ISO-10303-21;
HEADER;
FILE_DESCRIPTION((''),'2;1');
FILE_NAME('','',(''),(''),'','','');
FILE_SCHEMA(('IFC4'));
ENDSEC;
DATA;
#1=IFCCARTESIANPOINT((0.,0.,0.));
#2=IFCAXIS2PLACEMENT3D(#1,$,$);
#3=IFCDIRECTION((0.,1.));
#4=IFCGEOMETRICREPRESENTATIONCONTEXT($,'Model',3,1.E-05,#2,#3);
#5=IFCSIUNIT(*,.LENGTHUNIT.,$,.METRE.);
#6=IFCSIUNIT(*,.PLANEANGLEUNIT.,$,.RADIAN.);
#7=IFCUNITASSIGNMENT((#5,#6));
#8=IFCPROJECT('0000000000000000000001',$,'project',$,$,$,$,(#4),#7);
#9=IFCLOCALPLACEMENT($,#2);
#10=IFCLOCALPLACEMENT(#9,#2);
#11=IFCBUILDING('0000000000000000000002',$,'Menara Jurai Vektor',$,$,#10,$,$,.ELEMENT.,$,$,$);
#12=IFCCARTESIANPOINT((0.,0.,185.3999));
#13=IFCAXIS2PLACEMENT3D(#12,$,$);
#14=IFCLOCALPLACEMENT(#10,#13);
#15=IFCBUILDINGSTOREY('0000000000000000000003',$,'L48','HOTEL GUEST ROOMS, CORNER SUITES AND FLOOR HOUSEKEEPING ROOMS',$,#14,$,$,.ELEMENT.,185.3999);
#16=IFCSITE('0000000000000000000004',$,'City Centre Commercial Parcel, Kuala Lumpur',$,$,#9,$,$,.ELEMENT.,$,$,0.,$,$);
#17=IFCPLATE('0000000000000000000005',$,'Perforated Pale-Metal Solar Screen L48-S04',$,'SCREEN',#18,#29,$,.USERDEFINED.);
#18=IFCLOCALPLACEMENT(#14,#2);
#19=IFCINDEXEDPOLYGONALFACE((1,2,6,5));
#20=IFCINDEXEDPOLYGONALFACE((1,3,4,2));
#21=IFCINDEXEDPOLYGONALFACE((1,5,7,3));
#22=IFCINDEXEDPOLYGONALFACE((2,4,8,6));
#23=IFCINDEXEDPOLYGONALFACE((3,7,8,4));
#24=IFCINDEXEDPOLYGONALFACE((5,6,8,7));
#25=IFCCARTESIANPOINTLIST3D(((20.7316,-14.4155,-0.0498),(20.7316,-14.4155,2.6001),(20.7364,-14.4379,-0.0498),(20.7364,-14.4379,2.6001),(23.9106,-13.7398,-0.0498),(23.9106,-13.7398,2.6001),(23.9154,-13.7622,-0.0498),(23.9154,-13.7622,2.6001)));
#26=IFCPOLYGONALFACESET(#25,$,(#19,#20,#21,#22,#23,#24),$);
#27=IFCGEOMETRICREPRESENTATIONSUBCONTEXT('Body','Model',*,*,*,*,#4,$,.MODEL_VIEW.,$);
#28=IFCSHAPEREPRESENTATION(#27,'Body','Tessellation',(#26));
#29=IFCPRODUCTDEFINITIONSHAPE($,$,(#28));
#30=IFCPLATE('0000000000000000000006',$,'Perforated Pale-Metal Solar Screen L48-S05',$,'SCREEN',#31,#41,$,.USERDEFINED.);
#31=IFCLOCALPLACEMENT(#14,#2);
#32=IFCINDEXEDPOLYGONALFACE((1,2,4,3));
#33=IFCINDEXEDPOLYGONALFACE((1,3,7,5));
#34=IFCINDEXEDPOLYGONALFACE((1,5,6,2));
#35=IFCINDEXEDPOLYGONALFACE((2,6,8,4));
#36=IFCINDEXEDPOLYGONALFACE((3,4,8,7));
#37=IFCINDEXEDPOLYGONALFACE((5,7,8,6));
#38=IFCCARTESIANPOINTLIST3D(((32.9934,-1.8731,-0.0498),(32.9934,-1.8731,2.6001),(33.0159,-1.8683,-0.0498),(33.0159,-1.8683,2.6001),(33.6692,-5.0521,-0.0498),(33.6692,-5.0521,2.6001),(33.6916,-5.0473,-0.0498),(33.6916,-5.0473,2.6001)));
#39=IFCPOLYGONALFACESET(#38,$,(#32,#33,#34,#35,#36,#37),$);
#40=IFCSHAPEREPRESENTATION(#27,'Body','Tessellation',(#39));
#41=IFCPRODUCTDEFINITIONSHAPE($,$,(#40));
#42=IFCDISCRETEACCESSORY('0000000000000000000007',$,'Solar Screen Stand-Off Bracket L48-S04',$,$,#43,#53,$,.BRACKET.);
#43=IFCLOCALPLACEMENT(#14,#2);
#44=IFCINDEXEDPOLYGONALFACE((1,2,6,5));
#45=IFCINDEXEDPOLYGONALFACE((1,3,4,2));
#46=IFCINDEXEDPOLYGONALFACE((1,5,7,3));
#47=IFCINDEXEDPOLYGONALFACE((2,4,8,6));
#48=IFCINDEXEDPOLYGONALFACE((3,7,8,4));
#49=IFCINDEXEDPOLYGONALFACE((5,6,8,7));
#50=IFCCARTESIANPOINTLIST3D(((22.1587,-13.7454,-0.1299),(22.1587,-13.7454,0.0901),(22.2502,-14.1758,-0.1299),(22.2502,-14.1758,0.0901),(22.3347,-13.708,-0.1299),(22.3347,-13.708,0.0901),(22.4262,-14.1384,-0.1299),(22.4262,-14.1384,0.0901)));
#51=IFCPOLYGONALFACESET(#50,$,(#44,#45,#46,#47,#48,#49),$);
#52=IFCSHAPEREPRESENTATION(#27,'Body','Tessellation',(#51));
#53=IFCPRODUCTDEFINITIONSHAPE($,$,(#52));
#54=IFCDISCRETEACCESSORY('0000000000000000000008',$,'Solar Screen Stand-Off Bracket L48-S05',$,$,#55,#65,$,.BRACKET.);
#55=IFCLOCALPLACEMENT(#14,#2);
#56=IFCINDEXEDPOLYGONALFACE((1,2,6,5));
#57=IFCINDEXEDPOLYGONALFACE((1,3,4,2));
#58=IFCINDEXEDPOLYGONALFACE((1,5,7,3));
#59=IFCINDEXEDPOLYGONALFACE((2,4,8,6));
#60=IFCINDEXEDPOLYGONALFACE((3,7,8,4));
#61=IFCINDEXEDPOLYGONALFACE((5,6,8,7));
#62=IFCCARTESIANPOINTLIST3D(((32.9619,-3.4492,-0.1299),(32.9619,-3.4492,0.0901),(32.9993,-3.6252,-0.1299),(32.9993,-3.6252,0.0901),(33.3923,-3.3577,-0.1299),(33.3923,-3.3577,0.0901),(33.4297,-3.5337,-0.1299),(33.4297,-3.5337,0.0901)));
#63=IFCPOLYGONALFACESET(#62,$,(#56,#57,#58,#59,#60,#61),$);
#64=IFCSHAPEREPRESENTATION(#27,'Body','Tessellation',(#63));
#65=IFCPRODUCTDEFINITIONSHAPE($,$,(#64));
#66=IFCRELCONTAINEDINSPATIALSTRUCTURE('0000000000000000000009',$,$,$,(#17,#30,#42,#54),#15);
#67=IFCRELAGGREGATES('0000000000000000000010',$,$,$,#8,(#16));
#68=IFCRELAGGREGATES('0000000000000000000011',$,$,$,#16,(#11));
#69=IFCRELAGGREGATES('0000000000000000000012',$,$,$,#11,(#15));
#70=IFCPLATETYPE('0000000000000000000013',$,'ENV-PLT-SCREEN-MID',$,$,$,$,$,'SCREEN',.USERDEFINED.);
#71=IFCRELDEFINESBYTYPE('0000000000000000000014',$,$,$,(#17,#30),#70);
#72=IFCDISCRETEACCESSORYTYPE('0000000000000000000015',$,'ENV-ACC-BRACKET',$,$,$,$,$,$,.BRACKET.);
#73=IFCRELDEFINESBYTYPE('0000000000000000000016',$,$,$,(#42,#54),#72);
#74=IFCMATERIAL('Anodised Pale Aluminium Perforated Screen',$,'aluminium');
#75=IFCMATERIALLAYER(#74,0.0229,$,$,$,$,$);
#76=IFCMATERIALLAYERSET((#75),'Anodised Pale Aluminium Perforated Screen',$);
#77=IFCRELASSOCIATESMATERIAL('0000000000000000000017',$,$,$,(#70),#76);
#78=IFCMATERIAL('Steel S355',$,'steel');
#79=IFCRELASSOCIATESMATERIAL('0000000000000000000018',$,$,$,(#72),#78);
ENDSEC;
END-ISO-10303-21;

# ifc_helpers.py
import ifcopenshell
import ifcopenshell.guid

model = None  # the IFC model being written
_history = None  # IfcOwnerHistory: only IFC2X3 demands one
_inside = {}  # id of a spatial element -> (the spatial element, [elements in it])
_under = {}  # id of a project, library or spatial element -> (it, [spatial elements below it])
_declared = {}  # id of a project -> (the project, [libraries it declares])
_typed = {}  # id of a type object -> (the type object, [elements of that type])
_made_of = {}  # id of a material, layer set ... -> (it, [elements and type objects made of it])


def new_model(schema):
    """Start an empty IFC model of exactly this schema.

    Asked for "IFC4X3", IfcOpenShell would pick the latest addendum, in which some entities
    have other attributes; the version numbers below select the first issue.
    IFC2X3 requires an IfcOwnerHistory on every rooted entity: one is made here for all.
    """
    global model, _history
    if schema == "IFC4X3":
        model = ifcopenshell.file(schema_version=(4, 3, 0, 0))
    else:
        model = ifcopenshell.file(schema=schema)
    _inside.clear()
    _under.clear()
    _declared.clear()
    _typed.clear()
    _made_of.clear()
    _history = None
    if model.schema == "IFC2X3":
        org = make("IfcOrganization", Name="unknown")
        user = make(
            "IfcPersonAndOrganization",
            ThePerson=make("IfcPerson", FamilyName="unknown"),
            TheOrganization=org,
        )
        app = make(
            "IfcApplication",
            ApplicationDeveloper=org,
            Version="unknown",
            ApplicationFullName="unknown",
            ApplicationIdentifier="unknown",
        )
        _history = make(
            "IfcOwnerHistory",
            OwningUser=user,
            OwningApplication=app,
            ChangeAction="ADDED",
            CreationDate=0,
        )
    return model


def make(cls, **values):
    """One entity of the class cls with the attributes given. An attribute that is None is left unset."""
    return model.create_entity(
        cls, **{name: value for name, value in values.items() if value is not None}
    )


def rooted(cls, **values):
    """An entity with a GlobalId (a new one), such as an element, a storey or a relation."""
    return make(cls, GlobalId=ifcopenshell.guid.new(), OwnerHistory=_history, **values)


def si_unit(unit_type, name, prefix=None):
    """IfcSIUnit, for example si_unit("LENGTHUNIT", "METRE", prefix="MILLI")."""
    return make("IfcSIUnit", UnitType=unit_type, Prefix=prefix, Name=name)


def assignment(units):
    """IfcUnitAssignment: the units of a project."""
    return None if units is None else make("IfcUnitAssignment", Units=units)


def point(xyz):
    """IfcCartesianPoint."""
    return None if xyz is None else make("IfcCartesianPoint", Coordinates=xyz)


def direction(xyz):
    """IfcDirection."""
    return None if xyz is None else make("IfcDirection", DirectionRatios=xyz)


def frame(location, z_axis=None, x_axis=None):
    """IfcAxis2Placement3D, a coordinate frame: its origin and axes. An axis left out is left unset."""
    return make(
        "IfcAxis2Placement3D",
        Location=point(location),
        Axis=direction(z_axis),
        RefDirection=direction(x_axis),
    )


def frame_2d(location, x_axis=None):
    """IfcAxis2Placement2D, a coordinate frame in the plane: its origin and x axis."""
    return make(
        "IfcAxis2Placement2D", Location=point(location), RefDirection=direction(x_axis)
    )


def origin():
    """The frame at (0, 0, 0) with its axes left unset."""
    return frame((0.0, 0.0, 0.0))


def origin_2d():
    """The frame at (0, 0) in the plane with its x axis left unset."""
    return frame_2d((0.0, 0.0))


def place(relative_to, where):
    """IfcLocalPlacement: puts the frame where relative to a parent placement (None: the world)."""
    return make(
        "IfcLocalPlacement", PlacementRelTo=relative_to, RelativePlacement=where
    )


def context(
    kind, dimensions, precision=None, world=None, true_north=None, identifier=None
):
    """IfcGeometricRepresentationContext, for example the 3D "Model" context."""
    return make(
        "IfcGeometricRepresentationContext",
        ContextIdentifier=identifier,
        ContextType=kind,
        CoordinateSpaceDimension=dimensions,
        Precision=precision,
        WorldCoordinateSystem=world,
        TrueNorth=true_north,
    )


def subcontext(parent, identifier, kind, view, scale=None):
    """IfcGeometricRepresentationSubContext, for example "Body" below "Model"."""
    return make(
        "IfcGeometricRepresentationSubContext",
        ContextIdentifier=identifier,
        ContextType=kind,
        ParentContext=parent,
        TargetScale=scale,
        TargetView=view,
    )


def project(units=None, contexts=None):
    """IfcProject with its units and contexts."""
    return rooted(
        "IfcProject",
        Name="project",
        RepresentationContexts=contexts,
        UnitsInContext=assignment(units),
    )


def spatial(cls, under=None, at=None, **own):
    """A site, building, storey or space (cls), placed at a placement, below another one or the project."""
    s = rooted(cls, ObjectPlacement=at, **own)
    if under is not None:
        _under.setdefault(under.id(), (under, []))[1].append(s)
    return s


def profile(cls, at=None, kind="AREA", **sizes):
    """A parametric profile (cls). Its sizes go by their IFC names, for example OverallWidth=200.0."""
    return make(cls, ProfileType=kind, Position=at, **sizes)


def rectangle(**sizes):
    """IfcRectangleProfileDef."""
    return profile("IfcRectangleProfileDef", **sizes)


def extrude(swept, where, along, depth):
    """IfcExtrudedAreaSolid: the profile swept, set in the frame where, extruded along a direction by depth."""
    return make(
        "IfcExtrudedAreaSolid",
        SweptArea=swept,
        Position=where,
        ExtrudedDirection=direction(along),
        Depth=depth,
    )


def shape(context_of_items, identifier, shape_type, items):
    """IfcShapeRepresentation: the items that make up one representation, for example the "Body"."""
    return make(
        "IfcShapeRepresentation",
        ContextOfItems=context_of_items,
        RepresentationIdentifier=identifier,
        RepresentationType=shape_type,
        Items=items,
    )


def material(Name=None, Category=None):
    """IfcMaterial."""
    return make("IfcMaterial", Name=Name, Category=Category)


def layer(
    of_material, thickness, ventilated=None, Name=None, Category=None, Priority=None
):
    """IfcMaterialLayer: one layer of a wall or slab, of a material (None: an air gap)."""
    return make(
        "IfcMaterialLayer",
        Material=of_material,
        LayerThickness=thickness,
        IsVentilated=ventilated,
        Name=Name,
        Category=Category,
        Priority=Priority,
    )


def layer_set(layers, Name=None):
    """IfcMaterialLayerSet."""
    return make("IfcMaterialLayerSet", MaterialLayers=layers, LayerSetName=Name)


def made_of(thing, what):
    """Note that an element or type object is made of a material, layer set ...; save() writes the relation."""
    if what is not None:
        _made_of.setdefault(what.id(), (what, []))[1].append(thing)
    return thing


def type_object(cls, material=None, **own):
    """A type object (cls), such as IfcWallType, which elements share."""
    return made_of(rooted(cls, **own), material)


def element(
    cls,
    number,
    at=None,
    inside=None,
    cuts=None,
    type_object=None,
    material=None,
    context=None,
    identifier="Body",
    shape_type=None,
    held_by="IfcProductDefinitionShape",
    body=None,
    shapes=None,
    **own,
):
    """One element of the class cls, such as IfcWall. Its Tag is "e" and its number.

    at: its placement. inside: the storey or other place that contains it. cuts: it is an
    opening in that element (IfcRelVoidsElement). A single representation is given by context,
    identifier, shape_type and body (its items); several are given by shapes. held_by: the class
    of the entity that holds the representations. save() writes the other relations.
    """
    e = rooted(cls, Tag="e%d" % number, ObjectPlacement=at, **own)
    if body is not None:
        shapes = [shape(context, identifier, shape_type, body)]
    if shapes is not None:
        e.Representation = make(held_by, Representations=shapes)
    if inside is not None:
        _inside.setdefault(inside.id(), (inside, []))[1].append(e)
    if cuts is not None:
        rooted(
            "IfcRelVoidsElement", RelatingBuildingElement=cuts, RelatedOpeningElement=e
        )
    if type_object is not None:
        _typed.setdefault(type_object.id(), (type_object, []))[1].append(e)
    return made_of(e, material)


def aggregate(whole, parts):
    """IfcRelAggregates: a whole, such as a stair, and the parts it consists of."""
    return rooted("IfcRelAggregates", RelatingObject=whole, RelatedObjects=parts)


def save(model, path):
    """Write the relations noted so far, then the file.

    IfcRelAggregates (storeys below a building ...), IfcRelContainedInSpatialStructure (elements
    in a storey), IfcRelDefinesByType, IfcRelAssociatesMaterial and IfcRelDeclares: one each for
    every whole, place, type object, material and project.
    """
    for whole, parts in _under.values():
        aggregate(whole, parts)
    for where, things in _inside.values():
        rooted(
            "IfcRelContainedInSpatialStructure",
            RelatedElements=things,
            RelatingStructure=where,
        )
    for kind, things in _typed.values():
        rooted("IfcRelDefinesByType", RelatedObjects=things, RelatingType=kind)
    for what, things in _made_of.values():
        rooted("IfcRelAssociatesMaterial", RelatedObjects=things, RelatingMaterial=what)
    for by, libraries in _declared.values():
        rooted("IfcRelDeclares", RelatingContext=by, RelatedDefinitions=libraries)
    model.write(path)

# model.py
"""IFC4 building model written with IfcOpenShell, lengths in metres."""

from ifc_helpers import new_model, si_unit, direction, frame, origin, origin_2d, place, context, subcontext, project, spatial, rectangle, extrude, material, layer, layer_set, type_object, element, save


model = new_model("IFC4")

# Units and contexts
model_context = context("Model", 3, precision=1e-05, world=origin(), true_north=direction((0.0, 1.0)))
body_context = subcontext(model_context, "Body", "Model", "MODEL_VIEW")
ifc_project = project(units=[si_unit("LENGTHUNIT", "METRE"), si_unit("PLANEANGLEUNIT", "RADIAN")], contexts=[model_context])

# Site, building, storey
site_placement = place(None, origin())
site = spatial("IfcSite", under=ifc_project, at=site_placement, Name="City Centre Commercial Parcel, Kuala Lumpur", CompositionType="ELEMENT", RefElevation=0.0)
building_placement = place(site_placement, origin())
building = spatial("IfcBuilding", under=site, at=building_placement, Name="Menara Jurai Vektor", CompositionType="ELEMENT")
storey_placement = place(building_placement, frame((0.0, 0.0, 185.3999)))
storey = spatial("IfcBuildingStorey", under=building, at=storey_placement, Name="L48", Description="HOTEL GUEST ROOMS, CORNER SUITES AND FLOOR HOUSEKEEPING ROOMS", CompositionType="ELEMENT", Elevation=185.3999)

# Shared definitions
ifc_material_1 = material(Name="Steel S355", Category="steel")

# Plates
ifc_material_2 = material(Name="Anodised Pale Aluminium Perforated Screen", Category="aluminium")
ifc_layer_1 = layer(ifc_material_2, 0.0229)
ifc_layer_set_1 = layer_set([ifc_layer_1], Name="Anodised Pale Aluminium Perforated Screen")
plate_type_1 = type_object("IfcPlateType", Name="ENV-PLT-SCREEN-MID", ElementType="SCREEN", PredefinedType="USERDEFINED", material=ifc_layer_set_1)
for number, where, z_axis, x_axis, name in (
    (1, (22.3235, -14.0889, -0.0498), (0.0, 0.0, 1.0), (0.978148, 0.207912, 0.0), "Perforated Pale-Metal Solar Screen L48-S04"),
    (2, (33.3425, -3.4602, -0.0498), (0.0, 0.0, 1.0), (-0.207912, 0.978148, 0.0), "Perforated Pale-Metal Solar Screen L48-S05"),
):
    element("IfcPlate", number, at=place(storey_placement, frame(where, z_axis=z_axis, x_axis=x_axis)), inside=storey, type_object=plate_type_1, Name=name, ObjectType="SCREEN", PredefinedType="USERDEFINED", context=body_context, shape_type="SweptSolid", body=[
        extrude(rectangle(XDim=3.25, YDim=0.0229, at=origin_2d()), origin(), (0.0, 0.0, 1.0), 2.6499),
    ])

# Discrete accessories
discrete_accessory_type = type_object("IfcDiscreteAccessoryType", Name="ENV-ACC-BRACKET", PredefinedType="BRACKET", material=ifc_material_1)
for number, where, z_axis, x_axis, name in (
    (3, (22.2925, -13.9419, -0.1299), (0.0, 0.0, 1.0), (0.978148, 0.207912, 0.0), "Solar Screen Stand-Off Bracket L48-S04"),
    (4, (33.1958, -3.4915, -0.1299), (0.0, 0.0, 1.0), (-0.207912, 0.978148, 0.0), "Solar Screen Stand-Off Bracket L48-S05"),
):
    element("IfcDiscreteAccessory", number, at=place(storey_placement, frame(where, z_axis=z_axis, x_axis=x_axis)), inside=storey, type_object=discrete_accessory_type, Name=name, PredefinedType="BRACKET", context=body_context, shape_type="SweptSolid", body=[
        extrude(rectangle(XDim=0.1799, YDim=0.4399, at=origin_2d()), origin(), (0.0, 0.0, 1.0), 0.22),
    ])

save(model, "model.ifc")
